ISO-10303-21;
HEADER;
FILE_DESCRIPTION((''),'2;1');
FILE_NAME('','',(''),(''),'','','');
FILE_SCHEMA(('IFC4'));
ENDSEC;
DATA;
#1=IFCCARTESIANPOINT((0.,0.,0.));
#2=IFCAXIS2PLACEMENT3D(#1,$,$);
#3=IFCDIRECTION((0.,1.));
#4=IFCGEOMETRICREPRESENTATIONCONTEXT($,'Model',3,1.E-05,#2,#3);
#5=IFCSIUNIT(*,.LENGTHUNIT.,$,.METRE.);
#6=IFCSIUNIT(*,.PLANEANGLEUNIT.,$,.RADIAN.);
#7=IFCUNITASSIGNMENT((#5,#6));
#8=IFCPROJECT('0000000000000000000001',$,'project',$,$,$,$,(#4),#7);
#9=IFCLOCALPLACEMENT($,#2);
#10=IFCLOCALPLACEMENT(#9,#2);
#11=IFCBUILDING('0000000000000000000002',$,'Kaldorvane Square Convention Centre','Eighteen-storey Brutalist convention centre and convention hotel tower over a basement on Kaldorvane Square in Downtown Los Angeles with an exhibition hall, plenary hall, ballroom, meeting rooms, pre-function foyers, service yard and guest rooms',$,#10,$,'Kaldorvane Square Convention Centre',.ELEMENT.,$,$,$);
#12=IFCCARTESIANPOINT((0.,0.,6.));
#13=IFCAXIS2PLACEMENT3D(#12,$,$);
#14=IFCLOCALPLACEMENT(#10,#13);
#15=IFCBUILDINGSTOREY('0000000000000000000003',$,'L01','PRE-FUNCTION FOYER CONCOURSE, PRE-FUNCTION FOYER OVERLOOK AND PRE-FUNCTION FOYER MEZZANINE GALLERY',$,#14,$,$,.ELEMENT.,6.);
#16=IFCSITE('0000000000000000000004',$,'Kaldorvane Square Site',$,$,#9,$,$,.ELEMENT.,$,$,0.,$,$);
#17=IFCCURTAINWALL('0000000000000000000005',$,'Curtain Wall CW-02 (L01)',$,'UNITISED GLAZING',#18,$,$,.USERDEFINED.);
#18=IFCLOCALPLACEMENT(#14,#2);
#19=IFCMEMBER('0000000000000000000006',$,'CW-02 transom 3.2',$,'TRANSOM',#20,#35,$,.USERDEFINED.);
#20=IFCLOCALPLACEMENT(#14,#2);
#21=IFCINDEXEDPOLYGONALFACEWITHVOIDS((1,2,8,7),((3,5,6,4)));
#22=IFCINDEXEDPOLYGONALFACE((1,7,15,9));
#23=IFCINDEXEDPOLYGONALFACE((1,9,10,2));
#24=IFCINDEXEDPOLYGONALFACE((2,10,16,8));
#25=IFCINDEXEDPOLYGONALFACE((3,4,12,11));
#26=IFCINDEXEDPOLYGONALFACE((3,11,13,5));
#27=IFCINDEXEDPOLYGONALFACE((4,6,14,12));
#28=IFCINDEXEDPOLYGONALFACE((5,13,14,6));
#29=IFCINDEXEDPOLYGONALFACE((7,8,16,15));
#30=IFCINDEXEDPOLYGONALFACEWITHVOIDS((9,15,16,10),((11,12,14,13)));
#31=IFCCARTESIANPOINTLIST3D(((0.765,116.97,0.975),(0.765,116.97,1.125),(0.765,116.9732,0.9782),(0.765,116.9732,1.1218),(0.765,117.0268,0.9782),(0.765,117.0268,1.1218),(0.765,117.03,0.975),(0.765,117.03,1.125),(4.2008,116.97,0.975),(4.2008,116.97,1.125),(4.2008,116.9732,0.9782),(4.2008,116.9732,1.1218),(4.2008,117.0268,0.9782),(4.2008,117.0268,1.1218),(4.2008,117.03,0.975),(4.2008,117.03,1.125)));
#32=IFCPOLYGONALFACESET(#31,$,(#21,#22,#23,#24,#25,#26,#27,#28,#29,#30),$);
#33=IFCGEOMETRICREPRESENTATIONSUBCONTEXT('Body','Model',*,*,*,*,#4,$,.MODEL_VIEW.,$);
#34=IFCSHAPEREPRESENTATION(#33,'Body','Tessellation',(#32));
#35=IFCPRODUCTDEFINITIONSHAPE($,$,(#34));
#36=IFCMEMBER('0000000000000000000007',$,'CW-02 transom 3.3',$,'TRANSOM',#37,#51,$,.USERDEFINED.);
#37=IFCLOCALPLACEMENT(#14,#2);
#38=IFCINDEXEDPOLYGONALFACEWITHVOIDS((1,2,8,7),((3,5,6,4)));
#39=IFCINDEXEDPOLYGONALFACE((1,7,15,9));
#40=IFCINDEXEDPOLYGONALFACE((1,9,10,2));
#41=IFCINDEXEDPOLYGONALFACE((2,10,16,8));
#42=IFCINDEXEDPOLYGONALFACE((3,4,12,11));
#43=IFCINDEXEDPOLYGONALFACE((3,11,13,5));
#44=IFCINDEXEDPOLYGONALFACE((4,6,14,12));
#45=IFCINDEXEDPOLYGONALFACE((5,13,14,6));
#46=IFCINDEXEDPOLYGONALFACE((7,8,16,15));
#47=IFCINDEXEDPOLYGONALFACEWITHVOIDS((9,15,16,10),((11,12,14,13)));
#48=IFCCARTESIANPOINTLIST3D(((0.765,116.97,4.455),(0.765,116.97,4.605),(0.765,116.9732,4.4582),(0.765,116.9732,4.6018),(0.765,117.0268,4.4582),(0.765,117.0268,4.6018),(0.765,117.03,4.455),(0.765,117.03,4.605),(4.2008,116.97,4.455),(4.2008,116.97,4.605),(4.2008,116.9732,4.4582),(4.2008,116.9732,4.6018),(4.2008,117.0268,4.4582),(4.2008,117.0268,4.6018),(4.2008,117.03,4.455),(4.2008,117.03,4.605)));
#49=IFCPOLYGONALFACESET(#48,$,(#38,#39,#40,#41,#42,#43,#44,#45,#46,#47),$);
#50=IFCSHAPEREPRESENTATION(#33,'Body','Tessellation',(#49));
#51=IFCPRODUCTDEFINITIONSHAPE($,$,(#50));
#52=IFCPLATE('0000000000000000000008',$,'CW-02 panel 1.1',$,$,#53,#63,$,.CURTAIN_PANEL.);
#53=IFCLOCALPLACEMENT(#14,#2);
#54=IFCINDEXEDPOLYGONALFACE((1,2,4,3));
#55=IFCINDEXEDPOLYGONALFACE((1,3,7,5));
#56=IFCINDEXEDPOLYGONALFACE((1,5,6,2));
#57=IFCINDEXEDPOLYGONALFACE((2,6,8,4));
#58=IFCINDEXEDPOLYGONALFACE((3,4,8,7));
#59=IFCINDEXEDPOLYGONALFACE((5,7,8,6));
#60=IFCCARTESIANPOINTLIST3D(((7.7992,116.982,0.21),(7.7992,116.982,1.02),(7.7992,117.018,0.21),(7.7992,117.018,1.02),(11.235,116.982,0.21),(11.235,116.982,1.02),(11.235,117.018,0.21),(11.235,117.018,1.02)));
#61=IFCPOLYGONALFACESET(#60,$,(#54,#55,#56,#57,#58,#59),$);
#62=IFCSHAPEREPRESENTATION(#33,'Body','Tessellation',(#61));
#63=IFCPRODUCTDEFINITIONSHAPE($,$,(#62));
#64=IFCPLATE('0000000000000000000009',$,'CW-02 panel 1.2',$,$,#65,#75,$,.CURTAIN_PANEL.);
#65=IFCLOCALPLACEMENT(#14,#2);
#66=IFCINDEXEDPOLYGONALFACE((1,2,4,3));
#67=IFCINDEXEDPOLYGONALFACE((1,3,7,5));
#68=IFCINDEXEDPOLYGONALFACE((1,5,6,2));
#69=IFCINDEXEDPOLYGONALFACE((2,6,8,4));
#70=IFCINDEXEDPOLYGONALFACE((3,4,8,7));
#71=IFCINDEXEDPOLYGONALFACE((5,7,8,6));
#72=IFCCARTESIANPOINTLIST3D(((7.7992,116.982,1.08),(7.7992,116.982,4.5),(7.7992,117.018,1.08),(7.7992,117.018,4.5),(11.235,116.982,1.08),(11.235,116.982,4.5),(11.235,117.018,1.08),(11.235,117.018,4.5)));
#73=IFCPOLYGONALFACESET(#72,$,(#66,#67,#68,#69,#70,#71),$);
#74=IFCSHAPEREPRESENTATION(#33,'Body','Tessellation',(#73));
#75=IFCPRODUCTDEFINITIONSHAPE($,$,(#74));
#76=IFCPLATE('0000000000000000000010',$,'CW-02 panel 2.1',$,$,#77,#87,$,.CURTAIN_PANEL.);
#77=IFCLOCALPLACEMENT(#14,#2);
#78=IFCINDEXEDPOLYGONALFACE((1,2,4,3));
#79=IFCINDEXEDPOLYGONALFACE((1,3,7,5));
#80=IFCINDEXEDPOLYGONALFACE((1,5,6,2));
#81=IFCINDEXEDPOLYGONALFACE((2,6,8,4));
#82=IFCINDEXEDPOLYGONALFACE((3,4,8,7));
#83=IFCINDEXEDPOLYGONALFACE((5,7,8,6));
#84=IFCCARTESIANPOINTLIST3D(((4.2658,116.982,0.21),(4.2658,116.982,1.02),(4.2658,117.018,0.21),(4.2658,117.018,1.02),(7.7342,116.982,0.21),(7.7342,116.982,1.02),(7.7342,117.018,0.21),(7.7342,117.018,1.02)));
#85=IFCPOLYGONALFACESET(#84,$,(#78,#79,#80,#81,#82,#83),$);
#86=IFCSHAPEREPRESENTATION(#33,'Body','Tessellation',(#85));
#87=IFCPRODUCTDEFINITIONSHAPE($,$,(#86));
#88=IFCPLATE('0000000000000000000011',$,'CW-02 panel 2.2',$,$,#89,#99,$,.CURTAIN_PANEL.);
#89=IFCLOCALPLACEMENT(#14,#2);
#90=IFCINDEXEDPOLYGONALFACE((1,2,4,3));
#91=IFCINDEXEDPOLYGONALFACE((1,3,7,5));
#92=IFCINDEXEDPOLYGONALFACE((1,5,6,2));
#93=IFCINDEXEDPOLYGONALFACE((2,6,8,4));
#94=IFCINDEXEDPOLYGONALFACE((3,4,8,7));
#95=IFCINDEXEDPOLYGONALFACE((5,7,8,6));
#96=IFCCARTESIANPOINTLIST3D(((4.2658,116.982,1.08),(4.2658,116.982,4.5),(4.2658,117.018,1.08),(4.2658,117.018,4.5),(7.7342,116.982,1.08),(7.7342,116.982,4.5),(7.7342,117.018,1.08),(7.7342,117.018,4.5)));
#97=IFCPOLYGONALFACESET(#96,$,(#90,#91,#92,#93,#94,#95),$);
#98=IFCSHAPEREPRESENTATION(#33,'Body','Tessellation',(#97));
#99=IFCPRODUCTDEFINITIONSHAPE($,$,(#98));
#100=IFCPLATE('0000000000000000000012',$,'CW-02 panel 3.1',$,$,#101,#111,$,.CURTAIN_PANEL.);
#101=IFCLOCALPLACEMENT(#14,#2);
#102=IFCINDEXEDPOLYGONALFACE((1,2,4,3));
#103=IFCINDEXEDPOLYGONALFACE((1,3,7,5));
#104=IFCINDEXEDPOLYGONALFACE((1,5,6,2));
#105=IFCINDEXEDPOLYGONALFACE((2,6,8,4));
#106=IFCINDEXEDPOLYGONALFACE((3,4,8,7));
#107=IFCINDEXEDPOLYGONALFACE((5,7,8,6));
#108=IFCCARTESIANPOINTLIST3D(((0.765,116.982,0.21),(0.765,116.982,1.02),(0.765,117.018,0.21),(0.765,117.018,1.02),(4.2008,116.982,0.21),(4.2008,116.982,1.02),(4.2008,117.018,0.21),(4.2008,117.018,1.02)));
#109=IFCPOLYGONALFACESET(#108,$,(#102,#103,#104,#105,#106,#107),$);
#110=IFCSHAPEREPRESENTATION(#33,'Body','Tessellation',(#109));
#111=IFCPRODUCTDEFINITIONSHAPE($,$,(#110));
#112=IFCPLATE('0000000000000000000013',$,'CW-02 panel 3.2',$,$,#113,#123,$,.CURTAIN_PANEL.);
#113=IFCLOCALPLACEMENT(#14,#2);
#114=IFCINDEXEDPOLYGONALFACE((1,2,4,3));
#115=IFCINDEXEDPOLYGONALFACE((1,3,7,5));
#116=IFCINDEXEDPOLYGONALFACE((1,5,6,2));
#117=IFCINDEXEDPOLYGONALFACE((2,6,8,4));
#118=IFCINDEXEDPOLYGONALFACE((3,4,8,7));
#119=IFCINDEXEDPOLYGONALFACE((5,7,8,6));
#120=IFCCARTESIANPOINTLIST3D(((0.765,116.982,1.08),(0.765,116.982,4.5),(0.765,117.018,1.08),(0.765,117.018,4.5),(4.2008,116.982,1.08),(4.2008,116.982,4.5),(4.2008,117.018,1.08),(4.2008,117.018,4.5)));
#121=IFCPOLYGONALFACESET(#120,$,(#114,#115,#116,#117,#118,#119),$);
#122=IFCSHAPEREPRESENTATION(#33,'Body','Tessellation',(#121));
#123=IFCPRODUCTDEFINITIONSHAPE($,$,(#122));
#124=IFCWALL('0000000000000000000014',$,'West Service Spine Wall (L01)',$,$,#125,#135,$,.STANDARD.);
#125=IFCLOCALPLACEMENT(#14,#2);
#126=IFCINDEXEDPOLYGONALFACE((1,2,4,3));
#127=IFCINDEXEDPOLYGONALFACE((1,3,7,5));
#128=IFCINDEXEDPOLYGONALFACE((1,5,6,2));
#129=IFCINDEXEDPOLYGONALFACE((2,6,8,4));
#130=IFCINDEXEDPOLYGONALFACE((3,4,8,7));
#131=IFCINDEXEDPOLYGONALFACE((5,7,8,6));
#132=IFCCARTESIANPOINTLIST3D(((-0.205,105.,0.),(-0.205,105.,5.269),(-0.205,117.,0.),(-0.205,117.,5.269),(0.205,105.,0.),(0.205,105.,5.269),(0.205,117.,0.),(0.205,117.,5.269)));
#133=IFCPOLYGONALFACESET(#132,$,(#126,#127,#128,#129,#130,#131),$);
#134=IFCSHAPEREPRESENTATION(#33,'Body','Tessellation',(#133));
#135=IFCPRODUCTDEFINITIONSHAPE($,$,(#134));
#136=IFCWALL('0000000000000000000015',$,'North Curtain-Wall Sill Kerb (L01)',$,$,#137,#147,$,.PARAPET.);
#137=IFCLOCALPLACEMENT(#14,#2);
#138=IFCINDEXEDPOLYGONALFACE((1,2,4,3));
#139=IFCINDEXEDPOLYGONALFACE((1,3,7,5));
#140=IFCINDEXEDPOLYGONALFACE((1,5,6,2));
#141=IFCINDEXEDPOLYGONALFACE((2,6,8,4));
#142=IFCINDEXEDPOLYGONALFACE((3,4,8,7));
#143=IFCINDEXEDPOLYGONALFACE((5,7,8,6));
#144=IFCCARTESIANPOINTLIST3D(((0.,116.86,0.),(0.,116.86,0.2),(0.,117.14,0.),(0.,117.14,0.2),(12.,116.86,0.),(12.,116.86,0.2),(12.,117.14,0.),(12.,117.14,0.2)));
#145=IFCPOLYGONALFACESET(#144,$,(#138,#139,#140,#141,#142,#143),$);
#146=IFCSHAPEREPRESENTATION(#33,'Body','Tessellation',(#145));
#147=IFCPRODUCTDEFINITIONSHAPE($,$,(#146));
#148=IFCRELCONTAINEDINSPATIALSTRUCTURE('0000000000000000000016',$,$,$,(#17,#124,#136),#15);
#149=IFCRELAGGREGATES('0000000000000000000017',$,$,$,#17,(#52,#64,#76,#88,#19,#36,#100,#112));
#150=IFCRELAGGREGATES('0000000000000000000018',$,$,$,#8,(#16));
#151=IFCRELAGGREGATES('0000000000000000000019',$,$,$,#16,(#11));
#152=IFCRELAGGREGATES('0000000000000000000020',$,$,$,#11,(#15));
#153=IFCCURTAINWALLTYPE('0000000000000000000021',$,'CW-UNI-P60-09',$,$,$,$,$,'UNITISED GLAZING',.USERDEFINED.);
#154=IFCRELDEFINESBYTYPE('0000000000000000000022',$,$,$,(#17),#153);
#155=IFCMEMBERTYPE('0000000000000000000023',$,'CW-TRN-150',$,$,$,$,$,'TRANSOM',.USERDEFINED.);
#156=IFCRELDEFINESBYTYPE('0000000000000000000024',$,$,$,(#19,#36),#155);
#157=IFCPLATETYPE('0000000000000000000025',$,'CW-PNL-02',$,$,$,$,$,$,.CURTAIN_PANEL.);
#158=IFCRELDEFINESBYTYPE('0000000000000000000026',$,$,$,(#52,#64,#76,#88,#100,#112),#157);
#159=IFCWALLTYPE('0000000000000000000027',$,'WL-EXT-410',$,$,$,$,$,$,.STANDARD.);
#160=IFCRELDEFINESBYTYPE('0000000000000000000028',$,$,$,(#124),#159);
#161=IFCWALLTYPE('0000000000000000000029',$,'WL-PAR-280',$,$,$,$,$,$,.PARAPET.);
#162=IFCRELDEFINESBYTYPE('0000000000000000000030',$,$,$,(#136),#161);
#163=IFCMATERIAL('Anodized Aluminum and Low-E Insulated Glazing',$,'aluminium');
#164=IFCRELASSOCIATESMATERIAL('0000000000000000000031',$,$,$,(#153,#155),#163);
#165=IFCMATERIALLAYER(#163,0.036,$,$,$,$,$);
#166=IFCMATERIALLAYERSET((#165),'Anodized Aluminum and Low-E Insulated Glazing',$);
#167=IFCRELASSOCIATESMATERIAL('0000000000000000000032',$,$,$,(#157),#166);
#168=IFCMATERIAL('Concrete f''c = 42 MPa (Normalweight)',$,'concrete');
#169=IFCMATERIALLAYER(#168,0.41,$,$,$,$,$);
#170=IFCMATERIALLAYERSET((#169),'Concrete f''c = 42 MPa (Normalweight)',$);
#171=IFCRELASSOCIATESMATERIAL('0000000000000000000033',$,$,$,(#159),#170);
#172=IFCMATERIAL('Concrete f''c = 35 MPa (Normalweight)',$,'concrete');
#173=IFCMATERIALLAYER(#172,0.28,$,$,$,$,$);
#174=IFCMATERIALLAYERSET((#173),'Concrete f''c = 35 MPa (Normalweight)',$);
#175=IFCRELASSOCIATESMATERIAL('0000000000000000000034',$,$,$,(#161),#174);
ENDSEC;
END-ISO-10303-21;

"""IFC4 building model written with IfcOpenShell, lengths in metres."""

from ifc_helpers import new_model, si_unit, direction, frame, frame_2d, origin, origin_2d, place, context, subcontext, project, spatial, rectangle, hollow_rectangle, extrude, material, layer, layer_set, material_profile, profile_set, type_object, element, aggregate, save


model = new_model("IFC4")

# Units and contexts
model_context = context("Model", 3, precision=1e-05, world=origin(), true_north=direction((0.0, 1.0)))
body_context = subcontext(model_context, "Body", "Model", "MODEL_VIEW")
ifc_project = project(units=[si_unit("LENGTHUNIT", "METRE"), si_unit("PLANEANGLEUNIT", "RADIAN")], contexts=[model_context])

# Site, building, storey
site_placement = place(None, origin())
site = spatial("IfcSite", under=ifc_project, at=site_placement, Name="Kaldorvane Square Site", CompositionType="ELEMENT", RefElevation=0.0)
building_placement = place(site_placement, origin())
building = spatial("IfcBuilding", under=site, at=building_placement, Name="Kaldorvane Square Convention Centre", Description="Eighteen-storey Brutalist convention centre and convention hotel tower over a basement on Kaldorvane Square in Downtown Los Angeles with an exhibition hall, plenary hall, ballroom, meeting rooms, pre-function foyers, service yard and guest rooms", LongName="Kaldorvane Square Convention Centre", CompositionType="ELEMENT")
storey_placement = place(building_placement, frame((0.0, 0.0, 6.0)))
storey = spatial("IfcBuildingStorey", under=building, at=storey_placement, Name="L01", Description="PRE-FUNCTION FOYER CONCOURSE, PRE-FUNCTION FOYER OVERLOOK AND PRE-FUNCTION FOYER MEZZANINE GALLERY", CompositionType="ELEMENT", Elevation=6.0)

# Shared definitions
ifc_material_1 = material(Name="Concrete f'c = 42 MPa (Normalweight)", Category="concrete")

# Curtain wall, members, plates
ifc_material_2 = material(Name="Anodized Aluminum and Low-E Insulated Glazing", Category="aluminium")
curtain_wall_type = type_object("IfcCurtainWallType", Name="CW-UNI-P60-09", ElementType="UNITISED GLAZING", PredefinedType="USERDEFINED", material=ifc_material_2)
curtain_wall_placement = place(storey_placement, origin())
curtain_wall = element("IfcCurtainWall", 1, at=curtain_wall_placement, inside=storey, type_object=curtain_wall_type, Name="Curtain Wall CW-02 (L01)", ObjectType="UNITISED GLAZING", PredefinedType="USERDEFINED")
ifc_material_profile_1 = material_profile(ifc_material_2, hollow_rectangle(XDim=0.06, YDim=0.15, WallThickness=0.0032, at=origin_2d()), Name="CWT-150X60")
ifc_profile_set_1 = profile_set([ifc_material_profile_1], Name="Anodized Aluminum and Low-E Insulated Glazing")
member_type_1 = type_object("IfcMemberType", Name="CW-TRN-150", ElementType="TRANSOM", PredefinedType="USERDEFINED", material=ifc_profile_set_1)
member_1_placement = place(storey_placement, frame((4.2008, 117.0, 1.05), z_axis=(-1.0, 0.0, 0.0), x_axis=(0.0, -1.0, 0.0)))
member_1 = element("IfcMember", 2, at=member_1_placement, type_object=member_type_1, Name="CW-02 transom 3.2", ObjectType="TRANSOM", PredefinedType="USERDEFINED", context=body_context, shape_type="SweptSolid", body=[
    extrude(hollow_rectangle(XDim=0.06, YDim=0.15, WallThickness=0.0032, at=origin_2d()), origin(), (0.0, 0.0, 1.0), 3.4358),
])
member_2_placement = place(storey_placement, frame((4.2008, 117.0, 4.53), z_axis=(-1.0, 0.0, 0.0), x_axis=(0.0, -1.0, 0.0)))
member_2 = element("IfcMember", 3, at=member_2_placement, type_object=member_type_1, Name="CW-02 transom 3.3", ObjectType="TRANSOM", PredefinedType="USERDEFINED", context=body_context, shape_type="SweptSolid", body=[
    extrude(hollow_rectangle(XDim=0.06, YDim=0.15, WallThickness=0.0032, at=origin_2d()), origin(), (0.0, 0.0, 1.0), 3.4358),
])
ifc_layer_1 = layer(ifc_material_2, 0.036)
ifc_layer_set_1 = layer_set([ifc_layer_1], Name="Anodized Aluminum and Low-E Insulated Glazing")
plate_type = type_object("IfcPlateType", Name="CW-PNL-02", PredefinedType="CURTAIN_PANEL", material=ifc_layer_set_1)
plate_1_placement = place(storey_placement, frame((9.5171, 117.0, 0.21), z_axis=(0.0, 0.0, 1.0), x_axis=(-1.0, 0.0, 0.0)))
plate_1 = element("IfcPlate", 4, at=plate_1_placement, type_object=plate_type, Name="CW-02 panel 1.1", PredefinedType="CURTAIN_PANEL", context=body_context, shape_type="SweptSolid", body=[
    extrude(rectangle(XDim=3.4358, YDim=0.036, at=origin_2d()), origin(), (0.0, 0.0, 1.0), 0.81),
])
plate_2_placement = place(storey_placement, frame((9.5171, 117.0, 1.08), z_axis=(0.0, 0.0, 1.0), x_axis=(-1.0, 0.0, 0.0)))
plate_2 = element("IfcPlate", 5, at=plate_2_placement, type_object=plate_type, Name="CW-02 panel 1.2", PredefinedType="CURTAIN_PANEL", context=body_context, shape_type="SweptSolid", body=[
    extrude(rectangle(XDim=3.4358, YDim=0.036, at=origin_2d()), origin(), (0.0, 0.0, 1.0), 3.42),
])
plate_3_placement = place(storey_placement, frame((6.0, 117.0, 0.21), z_axis=(0.0, 0.0, 1.0), x_axis=(-1.0, 0.0, 0.0)))
plate_3 = element("IfcPlate", 6, at=plate_3_placement, type_object=plate_type, Name="CW-02 panel 2.1", PredefinedType="CURTAIN_PANEL", context=body_context, shape_type="SweptSolid", body=[
    extrude(rectangle(XDim=3.4683, YDim=0.036, at=origin_2d()), origin(), (0.0, 0.0, 1.0), 0.81),
])
plate_4_placement = place(storey_placement, frame((6.0, 117.0, 1.08), z_axis=(0.0, 0.0, 1.0), x_axis=(-1.0, 0.0, 0.0)))
plate_4 = element("IfcPlate", 7, at=plate_4_placement, type_object=plate_type, Name="CW-02 panel 2.2", PredefinedType="CURTAIN_PANEL", context=body_context, shape_type="SweptSolid", body=[
    extrude(rectangle(XDim=3.4683, YDim=0.036, at=origin_2d()), origin(), (0.0, 0.0, 1.0), 3.42),
])
plate_5_placement = place(storey_placement, frame((2.4829, 117.0, 0.21), z_axis=(0.0, 0.0, 1.0), x_axis=(-1.0, 0.0, 0.0)))
plate_5 = element("IfcPlate", 8, at=plate_5_placement, type_object=plate_type, Name="CW-02 panel 3.1", PredefinedType="CURTAIN_PANEL", context=body_context, shape_type="SweptSolid", body=[
    extrude(rectangle(XDim=3.4358, YDim=0.036, at=origin_2d()), origin(), (0.0, 0.0, 1.0), 0.81),
])
plate_6_placement = place(storey_placement, frame((2.4829, 117.0, 1.08), z_axis=(0.0, 0.0, 1.0), x_axis=(-1.0, 0.0, 0.0)))
plate_6 = element("IfcPlate", 9, at=plate_6_placement, type_object=plate_type, Name="CW-02 panel 3.2", PredefinedType="CURTAIN_PANEL", context=body_context, shape_type="SweptSolid", body=[
    extrude(rectangle(XDim=3.4358, YDim=0.036, at=origin_2d()), origin(), (0.0, 0.0, 1.0), 3.42),
])
aggregate(curtain_wall, [plate_1, plate_2, plate_3, plate_4, member_1, member_2, plate_5, plate_6])

# Walls
ifc_layer_2 = layer(ifc_material_1, 0.41)
ifc_layer_set_2 = layer_set([ifc_layer_2], Name="Concrete f'c = 42 MPa (Normalweight)")
wall_type_1 = type_object("IfcWallType", Name="WL-EXT-410", PredefinedType="STANDARD", material=ifc_layer_set_2)
wall_1_placement = place(storey_placement, frame((0.0, 117.0, 0.0), z_axis=(0.0, 0.0, 1.0), x_axis=(0.0, -1.0, 0.0)))
element("IfcWall", 10, at=wall_1_placement, inside=storey, type_object=wall_type_1, Name="West Service Spine Wall (L01)", PredefinedType="STANDARD", context=body_context, shape_type="SweptSolid", body=[
    extrude(rectangle(XDim=12.0, YDim=0.41, at=frame_2d((6.0, 0.0))), origin(), (0.0, 0.0, 1.0), 5.269),
])
ifc_material_3 = material(Name="Concrete f'c = 35 MPa (Normalweight)", Category="concrete")
ifc_layer_3 = layer(ifc_material_3, 0.28)
ifc_layer_set_3 = layer_set([ifc_layer_3], Name="Concrete f'c = 35 MPa (Normalweight)")
wall_type_2 = type_object("IfcWallType", Name="WL-PAR-280", PredefinedType="PARAPET", material=ifc_layer_set_3)
wall_2_placement = place(storey_placement, frame((12.0, 117.0, 0.0), z_axis=(0.0, 0.0, 1.0), x_axis=(-1.0, 0.0, 0.0)))
element("IfcWall", 11, at=wall_2_placement, inside=storey, type_object=wall_type_2, Name="North Curtain-Wall Sill Kerb (L01)", PredefinedType="PARAPET", context=body_context, shape_type="SweptSolid", body=[
    extrude(rectangle(XDim=12.0, YDim=0.28, at=frame_2d((6.0, 0.0))), origin(), (0.0, 0.0, 1.0), 0.2),
])

save(model, "model.ifc")
